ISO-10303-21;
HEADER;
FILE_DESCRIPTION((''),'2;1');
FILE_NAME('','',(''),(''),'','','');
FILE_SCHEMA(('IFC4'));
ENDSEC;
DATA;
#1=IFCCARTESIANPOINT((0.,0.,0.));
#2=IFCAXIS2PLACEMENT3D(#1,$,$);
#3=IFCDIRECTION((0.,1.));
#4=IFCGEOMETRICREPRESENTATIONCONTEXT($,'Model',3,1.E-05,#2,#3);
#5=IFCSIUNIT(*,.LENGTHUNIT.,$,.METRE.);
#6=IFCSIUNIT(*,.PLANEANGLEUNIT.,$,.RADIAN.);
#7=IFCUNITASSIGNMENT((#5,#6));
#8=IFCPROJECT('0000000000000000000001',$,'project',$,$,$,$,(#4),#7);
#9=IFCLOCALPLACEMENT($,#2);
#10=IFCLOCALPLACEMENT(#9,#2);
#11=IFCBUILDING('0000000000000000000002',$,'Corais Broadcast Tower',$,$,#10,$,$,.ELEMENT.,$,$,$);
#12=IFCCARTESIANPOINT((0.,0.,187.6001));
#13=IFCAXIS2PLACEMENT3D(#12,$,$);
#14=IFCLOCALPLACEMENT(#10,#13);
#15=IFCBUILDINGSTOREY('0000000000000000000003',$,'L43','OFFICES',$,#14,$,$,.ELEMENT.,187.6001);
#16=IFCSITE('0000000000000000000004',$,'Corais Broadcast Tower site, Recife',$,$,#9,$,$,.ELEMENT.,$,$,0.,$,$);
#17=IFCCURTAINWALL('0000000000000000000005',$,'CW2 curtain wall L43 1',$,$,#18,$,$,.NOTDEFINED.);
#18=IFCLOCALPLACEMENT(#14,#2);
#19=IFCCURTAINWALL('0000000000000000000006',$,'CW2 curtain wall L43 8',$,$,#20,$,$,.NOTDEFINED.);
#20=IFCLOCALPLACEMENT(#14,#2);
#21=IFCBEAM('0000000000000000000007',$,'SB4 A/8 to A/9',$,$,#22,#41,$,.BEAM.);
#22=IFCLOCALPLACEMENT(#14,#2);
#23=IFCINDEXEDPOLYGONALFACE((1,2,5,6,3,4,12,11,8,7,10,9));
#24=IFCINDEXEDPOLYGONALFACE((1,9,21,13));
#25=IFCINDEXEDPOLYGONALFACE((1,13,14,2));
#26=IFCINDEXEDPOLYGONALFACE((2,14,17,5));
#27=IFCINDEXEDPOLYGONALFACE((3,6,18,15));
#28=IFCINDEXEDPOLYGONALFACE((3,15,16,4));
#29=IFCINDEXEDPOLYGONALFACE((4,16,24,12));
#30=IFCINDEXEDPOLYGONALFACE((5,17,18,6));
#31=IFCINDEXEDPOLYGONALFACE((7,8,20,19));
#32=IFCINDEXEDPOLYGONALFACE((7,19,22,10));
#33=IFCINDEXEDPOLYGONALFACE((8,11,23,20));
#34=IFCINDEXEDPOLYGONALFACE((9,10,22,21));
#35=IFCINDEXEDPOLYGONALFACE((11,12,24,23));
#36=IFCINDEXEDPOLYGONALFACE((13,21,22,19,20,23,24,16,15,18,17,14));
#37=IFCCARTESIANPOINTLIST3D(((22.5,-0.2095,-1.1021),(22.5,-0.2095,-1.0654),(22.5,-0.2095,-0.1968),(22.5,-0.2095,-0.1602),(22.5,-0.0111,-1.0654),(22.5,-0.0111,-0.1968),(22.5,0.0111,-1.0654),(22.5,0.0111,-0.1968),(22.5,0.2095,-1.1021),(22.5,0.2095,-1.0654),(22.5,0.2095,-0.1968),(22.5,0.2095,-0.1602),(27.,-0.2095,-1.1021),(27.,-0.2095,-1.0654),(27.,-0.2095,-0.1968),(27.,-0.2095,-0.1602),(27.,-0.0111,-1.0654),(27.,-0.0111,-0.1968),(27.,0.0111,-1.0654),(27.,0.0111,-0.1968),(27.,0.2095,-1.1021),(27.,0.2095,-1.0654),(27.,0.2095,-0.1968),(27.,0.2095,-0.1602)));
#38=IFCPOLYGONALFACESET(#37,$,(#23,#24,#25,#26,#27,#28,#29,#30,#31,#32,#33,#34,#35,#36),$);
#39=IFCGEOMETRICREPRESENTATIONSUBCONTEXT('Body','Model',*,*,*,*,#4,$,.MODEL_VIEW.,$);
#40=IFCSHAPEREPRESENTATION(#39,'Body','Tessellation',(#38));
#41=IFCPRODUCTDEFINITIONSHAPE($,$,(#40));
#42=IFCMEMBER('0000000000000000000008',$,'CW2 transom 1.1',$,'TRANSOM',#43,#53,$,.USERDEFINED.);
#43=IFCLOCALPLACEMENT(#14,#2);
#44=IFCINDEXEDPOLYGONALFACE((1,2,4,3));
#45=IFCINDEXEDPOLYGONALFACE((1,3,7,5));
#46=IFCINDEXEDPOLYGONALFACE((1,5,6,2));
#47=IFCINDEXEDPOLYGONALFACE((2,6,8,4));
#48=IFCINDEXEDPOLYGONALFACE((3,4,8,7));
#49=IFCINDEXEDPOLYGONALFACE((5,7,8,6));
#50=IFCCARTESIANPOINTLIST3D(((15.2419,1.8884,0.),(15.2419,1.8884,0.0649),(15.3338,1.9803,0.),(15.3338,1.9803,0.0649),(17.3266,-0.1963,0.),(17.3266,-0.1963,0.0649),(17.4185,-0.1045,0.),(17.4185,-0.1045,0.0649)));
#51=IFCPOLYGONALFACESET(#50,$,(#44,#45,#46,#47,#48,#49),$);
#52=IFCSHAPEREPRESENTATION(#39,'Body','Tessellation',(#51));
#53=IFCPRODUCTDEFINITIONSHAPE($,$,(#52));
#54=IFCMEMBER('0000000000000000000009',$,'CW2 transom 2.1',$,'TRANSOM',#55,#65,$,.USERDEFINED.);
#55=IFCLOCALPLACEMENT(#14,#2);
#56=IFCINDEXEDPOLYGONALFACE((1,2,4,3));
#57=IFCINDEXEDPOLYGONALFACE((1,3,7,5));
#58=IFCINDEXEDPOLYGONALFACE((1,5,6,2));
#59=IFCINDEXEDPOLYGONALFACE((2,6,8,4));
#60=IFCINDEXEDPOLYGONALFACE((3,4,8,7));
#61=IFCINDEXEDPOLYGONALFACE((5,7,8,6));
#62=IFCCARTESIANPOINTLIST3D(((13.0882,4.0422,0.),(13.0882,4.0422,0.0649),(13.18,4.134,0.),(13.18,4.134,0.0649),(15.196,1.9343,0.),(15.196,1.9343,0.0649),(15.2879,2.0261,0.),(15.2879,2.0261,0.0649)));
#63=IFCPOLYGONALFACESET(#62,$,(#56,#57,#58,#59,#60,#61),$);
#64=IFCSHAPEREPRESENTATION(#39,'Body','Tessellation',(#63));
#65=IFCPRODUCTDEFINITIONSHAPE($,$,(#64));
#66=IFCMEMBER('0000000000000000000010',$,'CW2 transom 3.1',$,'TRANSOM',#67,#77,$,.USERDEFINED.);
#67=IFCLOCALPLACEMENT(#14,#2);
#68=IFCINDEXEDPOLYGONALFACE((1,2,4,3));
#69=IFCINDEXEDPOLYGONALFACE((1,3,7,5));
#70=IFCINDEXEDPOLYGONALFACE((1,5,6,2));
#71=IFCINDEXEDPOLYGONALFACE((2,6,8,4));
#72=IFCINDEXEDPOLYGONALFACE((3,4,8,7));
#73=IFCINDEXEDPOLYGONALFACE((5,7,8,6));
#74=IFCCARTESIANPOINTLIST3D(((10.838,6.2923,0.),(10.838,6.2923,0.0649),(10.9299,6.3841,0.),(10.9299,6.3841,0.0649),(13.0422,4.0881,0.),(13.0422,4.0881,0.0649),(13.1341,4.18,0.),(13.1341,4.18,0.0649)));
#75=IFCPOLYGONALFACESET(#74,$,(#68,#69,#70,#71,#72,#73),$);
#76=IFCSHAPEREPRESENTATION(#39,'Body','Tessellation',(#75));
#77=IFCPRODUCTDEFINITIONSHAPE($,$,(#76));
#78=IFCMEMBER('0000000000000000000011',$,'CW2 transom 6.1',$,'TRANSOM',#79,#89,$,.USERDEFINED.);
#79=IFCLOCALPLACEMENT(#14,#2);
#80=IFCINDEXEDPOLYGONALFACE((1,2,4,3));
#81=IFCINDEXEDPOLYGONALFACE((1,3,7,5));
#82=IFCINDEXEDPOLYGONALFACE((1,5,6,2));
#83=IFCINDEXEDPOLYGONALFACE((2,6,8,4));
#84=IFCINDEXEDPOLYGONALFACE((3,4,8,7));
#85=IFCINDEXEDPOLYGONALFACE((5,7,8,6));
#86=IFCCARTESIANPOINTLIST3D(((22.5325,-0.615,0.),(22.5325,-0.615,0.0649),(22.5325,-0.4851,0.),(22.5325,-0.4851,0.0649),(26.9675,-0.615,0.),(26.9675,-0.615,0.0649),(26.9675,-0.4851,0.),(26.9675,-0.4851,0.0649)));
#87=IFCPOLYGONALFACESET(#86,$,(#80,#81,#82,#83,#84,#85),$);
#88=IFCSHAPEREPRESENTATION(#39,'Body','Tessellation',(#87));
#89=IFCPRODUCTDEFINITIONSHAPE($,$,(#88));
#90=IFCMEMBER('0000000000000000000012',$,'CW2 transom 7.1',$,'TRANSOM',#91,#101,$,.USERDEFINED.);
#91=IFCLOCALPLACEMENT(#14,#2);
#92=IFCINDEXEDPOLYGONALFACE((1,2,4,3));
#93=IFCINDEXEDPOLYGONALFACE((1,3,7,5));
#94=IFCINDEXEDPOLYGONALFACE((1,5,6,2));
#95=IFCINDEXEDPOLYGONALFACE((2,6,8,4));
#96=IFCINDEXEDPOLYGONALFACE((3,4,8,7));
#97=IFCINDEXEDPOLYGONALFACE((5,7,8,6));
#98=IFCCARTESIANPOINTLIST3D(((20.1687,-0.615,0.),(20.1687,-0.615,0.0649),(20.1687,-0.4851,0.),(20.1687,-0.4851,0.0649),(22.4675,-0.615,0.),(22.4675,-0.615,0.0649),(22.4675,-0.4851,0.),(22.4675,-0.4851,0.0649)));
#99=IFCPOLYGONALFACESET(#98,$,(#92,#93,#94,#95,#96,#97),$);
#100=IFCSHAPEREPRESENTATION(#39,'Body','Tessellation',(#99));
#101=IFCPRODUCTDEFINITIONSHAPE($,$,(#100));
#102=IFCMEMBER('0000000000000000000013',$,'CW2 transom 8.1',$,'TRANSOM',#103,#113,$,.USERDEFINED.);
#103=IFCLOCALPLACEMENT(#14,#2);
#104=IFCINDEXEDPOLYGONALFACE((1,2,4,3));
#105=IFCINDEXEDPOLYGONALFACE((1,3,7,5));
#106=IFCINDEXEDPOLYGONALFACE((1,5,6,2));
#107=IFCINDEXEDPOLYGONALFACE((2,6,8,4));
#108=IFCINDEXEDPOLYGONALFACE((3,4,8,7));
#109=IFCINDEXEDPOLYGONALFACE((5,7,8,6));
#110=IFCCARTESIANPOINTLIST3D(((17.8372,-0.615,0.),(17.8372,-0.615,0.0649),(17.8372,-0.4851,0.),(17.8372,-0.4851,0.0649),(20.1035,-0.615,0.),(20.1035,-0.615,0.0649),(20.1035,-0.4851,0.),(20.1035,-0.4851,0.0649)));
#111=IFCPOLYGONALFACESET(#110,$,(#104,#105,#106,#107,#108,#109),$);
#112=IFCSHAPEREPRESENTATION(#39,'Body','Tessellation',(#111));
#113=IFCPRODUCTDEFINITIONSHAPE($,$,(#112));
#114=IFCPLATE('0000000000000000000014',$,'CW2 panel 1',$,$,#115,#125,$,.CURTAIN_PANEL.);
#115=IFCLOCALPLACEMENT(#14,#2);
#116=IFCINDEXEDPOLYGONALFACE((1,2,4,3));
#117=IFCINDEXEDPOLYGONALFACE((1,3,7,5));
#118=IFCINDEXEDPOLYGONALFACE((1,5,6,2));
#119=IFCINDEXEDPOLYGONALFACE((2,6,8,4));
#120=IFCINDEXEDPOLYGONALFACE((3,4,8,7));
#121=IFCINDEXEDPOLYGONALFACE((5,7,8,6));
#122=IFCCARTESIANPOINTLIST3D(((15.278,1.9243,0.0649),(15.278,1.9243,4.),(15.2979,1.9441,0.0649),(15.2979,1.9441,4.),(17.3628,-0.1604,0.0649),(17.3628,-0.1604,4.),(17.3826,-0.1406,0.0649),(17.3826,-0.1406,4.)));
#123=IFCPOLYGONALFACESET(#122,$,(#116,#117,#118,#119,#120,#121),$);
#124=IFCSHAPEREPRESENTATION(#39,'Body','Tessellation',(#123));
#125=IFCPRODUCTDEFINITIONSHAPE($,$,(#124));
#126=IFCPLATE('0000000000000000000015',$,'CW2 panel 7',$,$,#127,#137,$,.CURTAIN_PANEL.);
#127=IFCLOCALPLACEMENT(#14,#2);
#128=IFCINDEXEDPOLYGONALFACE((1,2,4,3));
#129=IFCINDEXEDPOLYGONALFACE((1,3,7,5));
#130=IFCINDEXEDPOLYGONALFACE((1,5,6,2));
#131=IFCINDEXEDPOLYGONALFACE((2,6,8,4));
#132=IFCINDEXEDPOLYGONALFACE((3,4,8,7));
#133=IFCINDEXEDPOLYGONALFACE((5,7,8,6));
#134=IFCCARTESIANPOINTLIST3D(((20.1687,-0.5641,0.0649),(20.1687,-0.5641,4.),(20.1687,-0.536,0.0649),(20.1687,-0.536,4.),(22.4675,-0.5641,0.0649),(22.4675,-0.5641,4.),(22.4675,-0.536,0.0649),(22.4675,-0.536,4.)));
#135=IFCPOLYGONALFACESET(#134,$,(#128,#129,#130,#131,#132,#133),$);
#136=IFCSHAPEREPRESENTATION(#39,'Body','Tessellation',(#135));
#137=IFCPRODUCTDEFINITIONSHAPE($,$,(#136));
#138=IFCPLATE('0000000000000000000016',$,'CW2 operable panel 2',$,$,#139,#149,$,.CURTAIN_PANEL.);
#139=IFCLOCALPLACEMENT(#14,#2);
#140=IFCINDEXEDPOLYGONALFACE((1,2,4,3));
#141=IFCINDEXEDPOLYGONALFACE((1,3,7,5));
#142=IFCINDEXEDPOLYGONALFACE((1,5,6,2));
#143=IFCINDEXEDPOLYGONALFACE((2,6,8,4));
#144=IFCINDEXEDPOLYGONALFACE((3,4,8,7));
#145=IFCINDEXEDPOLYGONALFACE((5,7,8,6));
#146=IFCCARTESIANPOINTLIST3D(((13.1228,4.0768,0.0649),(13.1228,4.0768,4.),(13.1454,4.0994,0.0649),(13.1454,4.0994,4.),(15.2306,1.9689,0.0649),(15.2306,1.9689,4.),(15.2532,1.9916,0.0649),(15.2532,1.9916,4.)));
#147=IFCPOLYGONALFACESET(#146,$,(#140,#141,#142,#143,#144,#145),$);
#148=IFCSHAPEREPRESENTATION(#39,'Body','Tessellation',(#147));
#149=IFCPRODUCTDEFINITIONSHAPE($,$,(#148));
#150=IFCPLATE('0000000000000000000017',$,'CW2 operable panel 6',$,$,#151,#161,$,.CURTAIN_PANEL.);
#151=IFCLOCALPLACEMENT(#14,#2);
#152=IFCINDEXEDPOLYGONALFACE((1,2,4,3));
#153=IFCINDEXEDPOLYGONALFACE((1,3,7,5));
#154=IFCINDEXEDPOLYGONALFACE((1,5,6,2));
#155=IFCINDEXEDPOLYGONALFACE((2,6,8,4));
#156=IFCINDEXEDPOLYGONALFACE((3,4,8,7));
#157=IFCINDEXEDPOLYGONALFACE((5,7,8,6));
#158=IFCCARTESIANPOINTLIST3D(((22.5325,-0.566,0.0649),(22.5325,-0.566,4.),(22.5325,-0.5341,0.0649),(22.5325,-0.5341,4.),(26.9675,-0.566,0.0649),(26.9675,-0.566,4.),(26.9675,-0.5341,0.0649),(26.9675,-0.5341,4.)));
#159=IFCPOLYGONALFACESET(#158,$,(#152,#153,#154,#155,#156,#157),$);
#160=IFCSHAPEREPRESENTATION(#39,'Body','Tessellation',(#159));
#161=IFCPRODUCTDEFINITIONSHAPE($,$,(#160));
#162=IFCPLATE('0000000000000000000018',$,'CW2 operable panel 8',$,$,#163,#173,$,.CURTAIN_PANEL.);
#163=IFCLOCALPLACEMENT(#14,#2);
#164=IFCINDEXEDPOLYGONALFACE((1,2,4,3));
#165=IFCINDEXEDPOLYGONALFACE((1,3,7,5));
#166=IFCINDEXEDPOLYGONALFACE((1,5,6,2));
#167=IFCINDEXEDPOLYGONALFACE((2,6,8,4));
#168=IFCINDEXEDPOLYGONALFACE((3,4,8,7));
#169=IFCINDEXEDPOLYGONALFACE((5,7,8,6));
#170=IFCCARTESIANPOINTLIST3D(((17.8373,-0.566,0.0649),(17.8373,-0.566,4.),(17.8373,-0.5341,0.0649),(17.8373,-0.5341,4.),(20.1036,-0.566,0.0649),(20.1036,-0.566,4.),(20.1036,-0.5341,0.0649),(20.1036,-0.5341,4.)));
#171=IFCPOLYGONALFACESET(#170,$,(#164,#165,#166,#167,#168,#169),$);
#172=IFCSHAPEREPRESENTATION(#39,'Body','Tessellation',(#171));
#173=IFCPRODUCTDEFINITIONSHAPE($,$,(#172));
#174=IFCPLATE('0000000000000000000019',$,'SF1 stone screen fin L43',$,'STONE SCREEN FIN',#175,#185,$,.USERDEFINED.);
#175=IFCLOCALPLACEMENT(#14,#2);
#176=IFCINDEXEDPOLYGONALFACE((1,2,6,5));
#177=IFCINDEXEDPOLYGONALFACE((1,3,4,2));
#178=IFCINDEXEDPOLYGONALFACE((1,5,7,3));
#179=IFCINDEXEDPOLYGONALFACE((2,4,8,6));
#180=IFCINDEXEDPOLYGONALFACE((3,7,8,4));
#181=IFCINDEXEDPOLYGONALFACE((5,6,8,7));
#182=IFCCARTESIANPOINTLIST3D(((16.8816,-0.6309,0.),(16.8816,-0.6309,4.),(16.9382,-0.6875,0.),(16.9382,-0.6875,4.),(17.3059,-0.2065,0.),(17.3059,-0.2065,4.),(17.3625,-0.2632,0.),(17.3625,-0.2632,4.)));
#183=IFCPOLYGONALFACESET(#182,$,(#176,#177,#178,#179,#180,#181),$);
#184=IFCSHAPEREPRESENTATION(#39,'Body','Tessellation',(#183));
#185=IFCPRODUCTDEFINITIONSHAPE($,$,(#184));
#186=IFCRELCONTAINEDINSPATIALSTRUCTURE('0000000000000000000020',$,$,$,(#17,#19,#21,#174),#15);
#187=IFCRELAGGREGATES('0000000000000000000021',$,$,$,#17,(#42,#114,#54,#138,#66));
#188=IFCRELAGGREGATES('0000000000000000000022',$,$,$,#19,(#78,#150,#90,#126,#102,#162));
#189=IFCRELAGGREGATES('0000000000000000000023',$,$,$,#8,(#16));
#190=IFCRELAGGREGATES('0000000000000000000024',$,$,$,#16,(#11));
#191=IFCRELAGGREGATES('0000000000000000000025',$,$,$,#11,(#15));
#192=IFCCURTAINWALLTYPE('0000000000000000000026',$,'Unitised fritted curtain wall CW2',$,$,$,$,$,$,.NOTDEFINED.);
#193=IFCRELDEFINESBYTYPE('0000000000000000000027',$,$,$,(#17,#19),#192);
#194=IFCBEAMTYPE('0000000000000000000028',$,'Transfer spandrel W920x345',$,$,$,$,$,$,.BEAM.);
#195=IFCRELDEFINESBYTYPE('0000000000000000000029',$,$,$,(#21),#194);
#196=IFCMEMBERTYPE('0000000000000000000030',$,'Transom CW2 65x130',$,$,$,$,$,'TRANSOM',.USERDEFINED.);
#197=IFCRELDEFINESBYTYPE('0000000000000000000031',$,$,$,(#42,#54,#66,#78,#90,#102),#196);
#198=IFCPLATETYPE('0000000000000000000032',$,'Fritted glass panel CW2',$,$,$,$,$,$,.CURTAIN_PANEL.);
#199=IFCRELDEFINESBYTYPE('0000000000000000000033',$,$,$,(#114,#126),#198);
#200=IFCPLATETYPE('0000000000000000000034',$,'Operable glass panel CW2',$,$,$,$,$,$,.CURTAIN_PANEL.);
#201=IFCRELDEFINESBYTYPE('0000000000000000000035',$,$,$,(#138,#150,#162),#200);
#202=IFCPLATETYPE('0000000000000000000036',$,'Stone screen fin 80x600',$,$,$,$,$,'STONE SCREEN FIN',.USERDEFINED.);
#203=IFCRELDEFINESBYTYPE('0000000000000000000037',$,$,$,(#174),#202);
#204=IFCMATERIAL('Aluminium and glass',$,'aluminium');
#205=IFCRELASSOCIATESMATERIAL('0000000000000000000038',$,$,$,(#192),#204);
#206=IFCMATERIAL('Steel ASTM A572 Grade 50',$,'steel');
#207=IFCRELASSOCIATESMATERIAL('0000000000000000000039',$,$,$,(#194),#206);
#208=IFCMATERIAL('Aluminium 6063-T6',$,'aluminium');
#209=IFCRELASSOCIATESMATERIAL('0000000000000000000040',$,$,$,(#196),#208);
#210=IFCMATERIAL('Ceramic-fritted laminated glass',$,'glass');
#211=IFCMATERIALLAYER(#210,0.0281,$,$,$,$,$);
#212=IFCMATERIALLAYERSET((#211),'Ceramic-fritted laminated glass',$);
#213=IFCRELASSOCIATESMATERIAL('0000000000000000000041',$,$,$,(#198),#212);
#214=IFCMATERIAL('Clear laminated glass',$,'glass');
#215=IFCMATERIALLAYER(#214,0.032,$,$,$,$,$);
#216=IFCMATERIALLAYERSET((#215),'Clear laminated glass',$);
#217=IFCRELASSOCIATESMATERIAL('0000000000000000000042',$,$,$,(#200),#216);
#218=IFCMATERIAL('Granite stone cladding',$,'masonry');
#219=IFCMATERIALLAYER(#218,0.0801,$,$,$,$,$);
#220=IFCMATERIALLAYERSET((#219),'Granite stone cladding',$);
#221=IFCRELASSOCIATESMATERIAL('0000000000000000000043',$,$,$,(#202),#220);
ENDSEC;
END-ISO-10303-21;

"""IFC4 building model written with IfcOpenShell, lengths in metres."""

from ifc_helpers import new_model, si_unit, direction, frame, origin, origin_2d, place, context, subcontext, project, spatial, rectangle, i_section, extrude, material, layer, layer_set, material_profile, profile_set, type_object, element, aggregate, save


model = new_model("IFC4")

# Units and contexts
model_context = context("Model", 3, precision=1e-05, world=origin(), true_north=direction((0.0, 1.0)))
body_context = subcontext(model_context, "Body", "Model", "MODEL_VIEW")
ifc_project = project(units=[si_unit("LENGTHUNIT", "METRE"), si_unit("PLANEANGLEUNIT", "RADIAN")], contexts=[model_context])

# Site, building, storey
site_placement = place(None, origin())
site = spatial("IfcSite", under=ifc_project, at=site_placement, Name="Corais Broadcast Tower site, Recife", CompositionType="ELEMENT", RefElevation=0.0)
building_placement = place(site_placement, origin())
building = spatial("IfcBuilding", under=site, at=building_placement, Name="Corais Broadcast Tower", CompositionType="ELEMENT")
storey_placement = place(building_placement, frame((0.0, 0.0, 187.6001)))
storey = spatial("IfcBuildingStorey", under=building, at=storey_placement, Name="L43", Description="OFFICES", CompositionType="ELEMENT", Elevation=187.6001)

# Curtain walls
ifc_material_1 = material(Name="Aluminium and glass", Category="aluminium")
curtain_wall_type = type_object("IfcCurtainWallType", Name="Unitised fritted curtain wall CW2", PredefinedType="NOTDEFINED", material=ifc_material_1)
curtain_wall_1_placement = place(storey_placement, origin())
curtain_wall_1 = element("IfcCurtainWall", 1, at=curtain_wall_1_placement, inside=storey, type_object=curtain_wall_type, Name="CW2 curtain wall L43 1", PredefinedType="NOTDEFINED")
curtain_wall_2_placement = place(storey_placement, origin())
curtain_wall_2 = element("IfcCurtainWall", 2, at=curtain_wall_2_placement, inside=storey, type_object=curtain_wall_type, Name="CW2 curtain wall L43 8", PredefinedType="NOTDEFINED")

# Beam
ifc_material_2 = material(Name="Steel ASTM A572 Grade 50", Category="steel")
ifc_material_profile_1 = material_profile(ifc_material_2, i_section(OverallWidth=0.4189, OverallDepth=0.9419, WebThickness=0.0222, FlangeThickness=0.0366, at=origin_2d()), Name="W920x345")
ifc_profile_set_1 = profile_set([ifc_material_profile_1], Name="Steel ASTM A572 Grade 50")
beam_type_1 = type_object("IfcBeamType", Name="Transfer spandrel W920x345", PredefinedType="BEAM", material=ifc_profile_set_1)
for number, where, z_axis, x_axis, name in (
    (3, (22.5, 0.0, -0.6311), (1.0, 0.0, 0.0), (0.0, 1.0, 0.0), "SB4 A/8 to A/9"),
):
    element("IfcBeam", number, at=place(storey_placement, frame(where, z_axis=z_axis, x_axis=x_axis)), inside=storey, type_object=beam_type_1, Name=name, PredefinedType="BEAM", context=body_context, shape_type="SweptSolid", body=[
        extrude(i_section(OverallWidth=0.4189, OverallDepth=0.9419, WebThickness=0.0222, FlangeThickness=0.0366, at=origin_2d()), origin(), (0.0, 0.0, 1.0), 4.5),
    ])

# Members
ifc_material_3 = material(Name="Aluminium 6063-T6", Category="aluminium")
ifc_material_profile_2 = material_profile(ifc_material_3, rectangle(XDim=0.1299, YDim=0.0649, at=origin_2d()), Name="Transom CW2 65x130")
ifc_profile_set_2 = profile_set([ifc_material_profile_2], Name="Aluminium 6063-T6")
member_type_1 = type_object("IfcMemberType", Name="Transom CW2 65x130", ElementType="TRANSOM", PredefinedType="USERDEFINED", material=ifc_profile_set_2)
member_1_placement = place(storey_placement, frame((17.3726, -0.1504, 0.0325), z_axis=(-0.707107, 0.707107, 0.0), x_axis=(-0.707107, -0.707107, 0.0)))
member_1 = element("IfcMember", 4, at=member_1_placement, type_object=member_type_1, Name="CW2 transom 1.1", ObjectType="TRANSOM", PredefinedType="USERDEFINED", context=body_context, shape_type="SweptSolid", body=[
    extrude(rectangle(XDim=0.1299, YDim=0.0649, at=origin_2d()), origin(), (0.0, 0.0, 1.0), 2.9482),
])
member_2_placement = place(storey_placement, frame((15.2419, 1.9802, 0.0325), z_axis=(-0.707107, 0.707107, 0.0), x_axis=(-0.707107, -0.707107, 0.0)))
member_2 = element("IfcMember", 5, at=member_2_placement, type_object=member_type_1, Name="CW2 transom 2.1", ObjectType="TRANSOM", PredefinedType="USERDEFINED", context=body_context, shape_type="SweptSolid", body=[
    extrude(rectangle(XDim=0.1299, YDim=0.0649, at=origin_2d()), origin(), (0.0, 0.0, 1.0), 2.981),
])
member_3_placement = place(storey_placement, frame((13.0881, 4.134, 0.0325), z_axis=(-0.707107, 0.707107, 0.0), x_axis=(-0.707107, -0.707107, 0.0)))
member_3 = element("IfcMember", 6, at=member_3_placement, type_object=member_type_1, Name="CW2 transom 3.1", ObjectType="TRANSOM", PredefinedType="USERDEFINED", context=body_context, shape_type="SweptSolid", body=[
    extrude(rectangle(XDim=0.1299, YDim=0.0649, at=origin_2d()), origin(), (0.0, 0.0, 1.0), 3.1172),
])
member_4_placement = place(storey_placement, frame((26.9675, -0.55, 0.0325), z_axis=(-1.0, 0.0, 0.0), x_axis=(0.0, -1.0, 0.0)))
member_4 = element("IfcMember", 7, at=member_4_placement, type_object=member_type_1, Name="CW2 transom 6.1", ObjectType="TRANSOM", PredefinedType="USERDEFINED", context=body_context, shape_type="SweptSolid", body=[
    extrude(rectangle(XDim=0.1299, YDim=0.0649, at=origin_2d()), origin(), (0.0, 0.0, 1.0), 4.4351),
])
member_5_placement = place(storey_placement, frame((22.4675, -0.55, 0.0325), z_axis=(-1.0, 0.0, 0.0), x_axis=(0.0, -1.0, 0.0)))
member_5 = element("IfcMember", 8, at=member_5_placement, type_object=member_type_1, Name="CW2 transom 7.1", ObjectType="TRANSOM", PredefinedType="USERDEFINED", context=body_context, shape_type="SweptSolid", body=[
    extrude(rectangle(XDim=0.1299, YDim=0.0649, at=origin_2d()), origin(), (0.0, 0.0, 1.0), 2.2988),
])
member_6_placement = place(storey_placement, frame((20.1035, -0.55, 0.0325), z_axis=(-1.0, 0.0, 0.0), x_axis=(0.0, -1.0, 0.0)))
member_6 = element("IfcMember", 9, at=member_6_placement, type_object=member_type_1, Name="CW2 transom 8.1", ObjectType="TRANSOM", PredefinedType="USERDEFINED", context=body_context, shape_type="SweptSolid", body=[
    extrude(rectangle(XDim=0.1299, YDim=0.0649, at=origin_2d()), origin(), (0.0, 0.0, 1.0), 2.2664),
])

# Plates
ifc_material_4 = material(Name="Ceramic-fritted laminated glass", Category="glass")
ifc_layer_1 = layer(ifc_material_4, 0.0281)
ifc_layer_set_1 = layer_set([ifc_layer_1], Name="Ceramic-fritted laminated glass")
plate_type_1 = type_object("IfcPlateType", Name="Fritted glass panel CW2", PredefinedType="CURTAIN_PANEL", material=ifc_layer_set_1)
plate_1_placement = place(storey_placement, frame((16.3303, 0.8918, 0.0649), z_axis=(0.0, 0.0, 1.0), x_axis=(-0.707107, 0.707107, 0.0)))
plate_1 = element("IfcPlate", 10, at=plate_1_placement, type_object=plate_type_1, Name="CW2 panel 1", PredefinedType="CURTAIN_PANEL", context=body_context, shape_type="SweptSolid", body=[
    extrude(rectangle(XDim=2.9482, YDim=0.0281, at=origin_2d()), origin(), (0.0, 0.0, 1.0), 3.9351),
])
plate_2_placement = place(storey_placement, frame((21.3181, -0.55, 0.0649), z_axis=(0.0, 0.0, 1.0), x_axis=(-1.0, 0.0, 0.0)))
plate_2 = element("IfcPlate", 11, at=plate_2_placement, type_object=plate_type_1, Name="CW2 panel 7", PredefinedType="CURTAIN_PANEL", context=body_context, shape_type="SweptSolid", body=[
    extrude(rectangle(XDim=2.2988, YDim=0.0281, at=origin_2d()), origin(), (0.0, 0.0, 1.0), 3.9351),
])
ifc_material_5 = material(Name="Clear laminated glass", Category="glass")
ifc_layer_2 = layer(ifc_material_5, 0.032)
ifc_layer_set_2 = layer_set([ifc_layer_2], Name="Clear laminated glass")
plate_type_2 = type_object("IfcPlateType", Name="Operable glass panel CW2", PredefinedType="CURTAIN_PANEL", material=ifc_layer_set_2)
plate_3_placement = place(storey_placement, frame((14.188, 3.0342, 0.0649), z_axis=(0.0, 0.0, 1.0), x_axis=(-0.707107, 0.707107, 0.0)))
plate_3 = element("IfcPlate", 12, at=plate_3_placement, type_object=plate_type_2, Name="CW2 operable panel 2", PredefinedType="CURTAIN_PANEL", context=body_context, shape_type="SweptSolid", body=[
    extrude(rectangle(XDim=2.981, YDim=0.032, at=origin_2d()), origin(), (0.0, 0.0, 1.0), 3.9351),
])
aggregate(curtain_wall_1, [member_1, plate_1, member_2, plate_3, member_3])
plate_4_placement = place(storey_placement, frame((24.75, -0.55, 0.0649), z_axis=(0.0, 0.0, 1.0), x_axis=(-1.0, 0.0, 0.0)))
plate_4 = element("IfcPlate", 13, at=plate_4_placement, type_object=plate_type_2, Name="CW2 operable panel 6", PredefinedType="CURTAIN_PANEL", context=body_context, shape_type="SweptSolid", body=[
    extrude(rectangle(XDim=4.4351, YDim=0.032, at=origin_2d()), origin(), (0.0, 0.0, 1.0), 3.9351),
])
plate_5_placement = place(storey_placement, frame((18.9705, -0.55, 0.0649), z_axis=(0.0, 0.0, 1.0), x_axis=(-1.0, 0.0, 0.0)))
plate_5 = element("IfcPlate", 14, at=plate_5_placement, type_object=plate_type_2, Name="CW2 operable panel 8", PredefinedType="CURTAIN_PANEL", context=body_context, shape_type="SweptSolid", body=[
    extrude(rectangle(XDim=2.2664, YDim=0.032, at=origin_2d()), origin(), (0.0, 0.0, 1.0), 3.9351),
])
aggregate(curtain_wall_2, [member_4, plate_4, member_5, plate_2, member_6, plate_5])

# Plate
ifc_material_6 = material(Name="Granite stone cladding", Category="masonry")
ifc_layer_3 = layer(ifc_material_6, 0.0801)
ifc_layer_set_3 = layer_set([ifc_layer_3], Name="Granite stone cladding")
plate_type_3 = type_object("IfcPlateType", Name="Stone screen fin 80x600", ElementType="STONE SCREEN FIN", PredefinedType="USERDEFINED", material=ifc_layer_set_3)
for number, where, z_axis, x_axis, name in (
    (15, (17.1221, -0.447, 0.0), (0.0, 0.0, 1.0), (-0.707107, 0.707107, 0.0), "SF1 stone screen fin L43"),
):
    element("IfcPlate", number, at=place(storey_placement, frame(where, z_axis=z_axis, x_axis=x_axis)), inside=storey, type_object=plate_type_3, Name=name, ObjectType="STONE SCREEN FIN", PredefinedType="USERDEFINED", context=body_context, shape_type="SweptSolid", body=[
        extrude(rectangle(XDim=0.0801, YDim=0.6001, at=origin_2d()), origin(), (0.0, 0.0, 1.0), 4.0),
    ])

save(model, "model.ifc")
